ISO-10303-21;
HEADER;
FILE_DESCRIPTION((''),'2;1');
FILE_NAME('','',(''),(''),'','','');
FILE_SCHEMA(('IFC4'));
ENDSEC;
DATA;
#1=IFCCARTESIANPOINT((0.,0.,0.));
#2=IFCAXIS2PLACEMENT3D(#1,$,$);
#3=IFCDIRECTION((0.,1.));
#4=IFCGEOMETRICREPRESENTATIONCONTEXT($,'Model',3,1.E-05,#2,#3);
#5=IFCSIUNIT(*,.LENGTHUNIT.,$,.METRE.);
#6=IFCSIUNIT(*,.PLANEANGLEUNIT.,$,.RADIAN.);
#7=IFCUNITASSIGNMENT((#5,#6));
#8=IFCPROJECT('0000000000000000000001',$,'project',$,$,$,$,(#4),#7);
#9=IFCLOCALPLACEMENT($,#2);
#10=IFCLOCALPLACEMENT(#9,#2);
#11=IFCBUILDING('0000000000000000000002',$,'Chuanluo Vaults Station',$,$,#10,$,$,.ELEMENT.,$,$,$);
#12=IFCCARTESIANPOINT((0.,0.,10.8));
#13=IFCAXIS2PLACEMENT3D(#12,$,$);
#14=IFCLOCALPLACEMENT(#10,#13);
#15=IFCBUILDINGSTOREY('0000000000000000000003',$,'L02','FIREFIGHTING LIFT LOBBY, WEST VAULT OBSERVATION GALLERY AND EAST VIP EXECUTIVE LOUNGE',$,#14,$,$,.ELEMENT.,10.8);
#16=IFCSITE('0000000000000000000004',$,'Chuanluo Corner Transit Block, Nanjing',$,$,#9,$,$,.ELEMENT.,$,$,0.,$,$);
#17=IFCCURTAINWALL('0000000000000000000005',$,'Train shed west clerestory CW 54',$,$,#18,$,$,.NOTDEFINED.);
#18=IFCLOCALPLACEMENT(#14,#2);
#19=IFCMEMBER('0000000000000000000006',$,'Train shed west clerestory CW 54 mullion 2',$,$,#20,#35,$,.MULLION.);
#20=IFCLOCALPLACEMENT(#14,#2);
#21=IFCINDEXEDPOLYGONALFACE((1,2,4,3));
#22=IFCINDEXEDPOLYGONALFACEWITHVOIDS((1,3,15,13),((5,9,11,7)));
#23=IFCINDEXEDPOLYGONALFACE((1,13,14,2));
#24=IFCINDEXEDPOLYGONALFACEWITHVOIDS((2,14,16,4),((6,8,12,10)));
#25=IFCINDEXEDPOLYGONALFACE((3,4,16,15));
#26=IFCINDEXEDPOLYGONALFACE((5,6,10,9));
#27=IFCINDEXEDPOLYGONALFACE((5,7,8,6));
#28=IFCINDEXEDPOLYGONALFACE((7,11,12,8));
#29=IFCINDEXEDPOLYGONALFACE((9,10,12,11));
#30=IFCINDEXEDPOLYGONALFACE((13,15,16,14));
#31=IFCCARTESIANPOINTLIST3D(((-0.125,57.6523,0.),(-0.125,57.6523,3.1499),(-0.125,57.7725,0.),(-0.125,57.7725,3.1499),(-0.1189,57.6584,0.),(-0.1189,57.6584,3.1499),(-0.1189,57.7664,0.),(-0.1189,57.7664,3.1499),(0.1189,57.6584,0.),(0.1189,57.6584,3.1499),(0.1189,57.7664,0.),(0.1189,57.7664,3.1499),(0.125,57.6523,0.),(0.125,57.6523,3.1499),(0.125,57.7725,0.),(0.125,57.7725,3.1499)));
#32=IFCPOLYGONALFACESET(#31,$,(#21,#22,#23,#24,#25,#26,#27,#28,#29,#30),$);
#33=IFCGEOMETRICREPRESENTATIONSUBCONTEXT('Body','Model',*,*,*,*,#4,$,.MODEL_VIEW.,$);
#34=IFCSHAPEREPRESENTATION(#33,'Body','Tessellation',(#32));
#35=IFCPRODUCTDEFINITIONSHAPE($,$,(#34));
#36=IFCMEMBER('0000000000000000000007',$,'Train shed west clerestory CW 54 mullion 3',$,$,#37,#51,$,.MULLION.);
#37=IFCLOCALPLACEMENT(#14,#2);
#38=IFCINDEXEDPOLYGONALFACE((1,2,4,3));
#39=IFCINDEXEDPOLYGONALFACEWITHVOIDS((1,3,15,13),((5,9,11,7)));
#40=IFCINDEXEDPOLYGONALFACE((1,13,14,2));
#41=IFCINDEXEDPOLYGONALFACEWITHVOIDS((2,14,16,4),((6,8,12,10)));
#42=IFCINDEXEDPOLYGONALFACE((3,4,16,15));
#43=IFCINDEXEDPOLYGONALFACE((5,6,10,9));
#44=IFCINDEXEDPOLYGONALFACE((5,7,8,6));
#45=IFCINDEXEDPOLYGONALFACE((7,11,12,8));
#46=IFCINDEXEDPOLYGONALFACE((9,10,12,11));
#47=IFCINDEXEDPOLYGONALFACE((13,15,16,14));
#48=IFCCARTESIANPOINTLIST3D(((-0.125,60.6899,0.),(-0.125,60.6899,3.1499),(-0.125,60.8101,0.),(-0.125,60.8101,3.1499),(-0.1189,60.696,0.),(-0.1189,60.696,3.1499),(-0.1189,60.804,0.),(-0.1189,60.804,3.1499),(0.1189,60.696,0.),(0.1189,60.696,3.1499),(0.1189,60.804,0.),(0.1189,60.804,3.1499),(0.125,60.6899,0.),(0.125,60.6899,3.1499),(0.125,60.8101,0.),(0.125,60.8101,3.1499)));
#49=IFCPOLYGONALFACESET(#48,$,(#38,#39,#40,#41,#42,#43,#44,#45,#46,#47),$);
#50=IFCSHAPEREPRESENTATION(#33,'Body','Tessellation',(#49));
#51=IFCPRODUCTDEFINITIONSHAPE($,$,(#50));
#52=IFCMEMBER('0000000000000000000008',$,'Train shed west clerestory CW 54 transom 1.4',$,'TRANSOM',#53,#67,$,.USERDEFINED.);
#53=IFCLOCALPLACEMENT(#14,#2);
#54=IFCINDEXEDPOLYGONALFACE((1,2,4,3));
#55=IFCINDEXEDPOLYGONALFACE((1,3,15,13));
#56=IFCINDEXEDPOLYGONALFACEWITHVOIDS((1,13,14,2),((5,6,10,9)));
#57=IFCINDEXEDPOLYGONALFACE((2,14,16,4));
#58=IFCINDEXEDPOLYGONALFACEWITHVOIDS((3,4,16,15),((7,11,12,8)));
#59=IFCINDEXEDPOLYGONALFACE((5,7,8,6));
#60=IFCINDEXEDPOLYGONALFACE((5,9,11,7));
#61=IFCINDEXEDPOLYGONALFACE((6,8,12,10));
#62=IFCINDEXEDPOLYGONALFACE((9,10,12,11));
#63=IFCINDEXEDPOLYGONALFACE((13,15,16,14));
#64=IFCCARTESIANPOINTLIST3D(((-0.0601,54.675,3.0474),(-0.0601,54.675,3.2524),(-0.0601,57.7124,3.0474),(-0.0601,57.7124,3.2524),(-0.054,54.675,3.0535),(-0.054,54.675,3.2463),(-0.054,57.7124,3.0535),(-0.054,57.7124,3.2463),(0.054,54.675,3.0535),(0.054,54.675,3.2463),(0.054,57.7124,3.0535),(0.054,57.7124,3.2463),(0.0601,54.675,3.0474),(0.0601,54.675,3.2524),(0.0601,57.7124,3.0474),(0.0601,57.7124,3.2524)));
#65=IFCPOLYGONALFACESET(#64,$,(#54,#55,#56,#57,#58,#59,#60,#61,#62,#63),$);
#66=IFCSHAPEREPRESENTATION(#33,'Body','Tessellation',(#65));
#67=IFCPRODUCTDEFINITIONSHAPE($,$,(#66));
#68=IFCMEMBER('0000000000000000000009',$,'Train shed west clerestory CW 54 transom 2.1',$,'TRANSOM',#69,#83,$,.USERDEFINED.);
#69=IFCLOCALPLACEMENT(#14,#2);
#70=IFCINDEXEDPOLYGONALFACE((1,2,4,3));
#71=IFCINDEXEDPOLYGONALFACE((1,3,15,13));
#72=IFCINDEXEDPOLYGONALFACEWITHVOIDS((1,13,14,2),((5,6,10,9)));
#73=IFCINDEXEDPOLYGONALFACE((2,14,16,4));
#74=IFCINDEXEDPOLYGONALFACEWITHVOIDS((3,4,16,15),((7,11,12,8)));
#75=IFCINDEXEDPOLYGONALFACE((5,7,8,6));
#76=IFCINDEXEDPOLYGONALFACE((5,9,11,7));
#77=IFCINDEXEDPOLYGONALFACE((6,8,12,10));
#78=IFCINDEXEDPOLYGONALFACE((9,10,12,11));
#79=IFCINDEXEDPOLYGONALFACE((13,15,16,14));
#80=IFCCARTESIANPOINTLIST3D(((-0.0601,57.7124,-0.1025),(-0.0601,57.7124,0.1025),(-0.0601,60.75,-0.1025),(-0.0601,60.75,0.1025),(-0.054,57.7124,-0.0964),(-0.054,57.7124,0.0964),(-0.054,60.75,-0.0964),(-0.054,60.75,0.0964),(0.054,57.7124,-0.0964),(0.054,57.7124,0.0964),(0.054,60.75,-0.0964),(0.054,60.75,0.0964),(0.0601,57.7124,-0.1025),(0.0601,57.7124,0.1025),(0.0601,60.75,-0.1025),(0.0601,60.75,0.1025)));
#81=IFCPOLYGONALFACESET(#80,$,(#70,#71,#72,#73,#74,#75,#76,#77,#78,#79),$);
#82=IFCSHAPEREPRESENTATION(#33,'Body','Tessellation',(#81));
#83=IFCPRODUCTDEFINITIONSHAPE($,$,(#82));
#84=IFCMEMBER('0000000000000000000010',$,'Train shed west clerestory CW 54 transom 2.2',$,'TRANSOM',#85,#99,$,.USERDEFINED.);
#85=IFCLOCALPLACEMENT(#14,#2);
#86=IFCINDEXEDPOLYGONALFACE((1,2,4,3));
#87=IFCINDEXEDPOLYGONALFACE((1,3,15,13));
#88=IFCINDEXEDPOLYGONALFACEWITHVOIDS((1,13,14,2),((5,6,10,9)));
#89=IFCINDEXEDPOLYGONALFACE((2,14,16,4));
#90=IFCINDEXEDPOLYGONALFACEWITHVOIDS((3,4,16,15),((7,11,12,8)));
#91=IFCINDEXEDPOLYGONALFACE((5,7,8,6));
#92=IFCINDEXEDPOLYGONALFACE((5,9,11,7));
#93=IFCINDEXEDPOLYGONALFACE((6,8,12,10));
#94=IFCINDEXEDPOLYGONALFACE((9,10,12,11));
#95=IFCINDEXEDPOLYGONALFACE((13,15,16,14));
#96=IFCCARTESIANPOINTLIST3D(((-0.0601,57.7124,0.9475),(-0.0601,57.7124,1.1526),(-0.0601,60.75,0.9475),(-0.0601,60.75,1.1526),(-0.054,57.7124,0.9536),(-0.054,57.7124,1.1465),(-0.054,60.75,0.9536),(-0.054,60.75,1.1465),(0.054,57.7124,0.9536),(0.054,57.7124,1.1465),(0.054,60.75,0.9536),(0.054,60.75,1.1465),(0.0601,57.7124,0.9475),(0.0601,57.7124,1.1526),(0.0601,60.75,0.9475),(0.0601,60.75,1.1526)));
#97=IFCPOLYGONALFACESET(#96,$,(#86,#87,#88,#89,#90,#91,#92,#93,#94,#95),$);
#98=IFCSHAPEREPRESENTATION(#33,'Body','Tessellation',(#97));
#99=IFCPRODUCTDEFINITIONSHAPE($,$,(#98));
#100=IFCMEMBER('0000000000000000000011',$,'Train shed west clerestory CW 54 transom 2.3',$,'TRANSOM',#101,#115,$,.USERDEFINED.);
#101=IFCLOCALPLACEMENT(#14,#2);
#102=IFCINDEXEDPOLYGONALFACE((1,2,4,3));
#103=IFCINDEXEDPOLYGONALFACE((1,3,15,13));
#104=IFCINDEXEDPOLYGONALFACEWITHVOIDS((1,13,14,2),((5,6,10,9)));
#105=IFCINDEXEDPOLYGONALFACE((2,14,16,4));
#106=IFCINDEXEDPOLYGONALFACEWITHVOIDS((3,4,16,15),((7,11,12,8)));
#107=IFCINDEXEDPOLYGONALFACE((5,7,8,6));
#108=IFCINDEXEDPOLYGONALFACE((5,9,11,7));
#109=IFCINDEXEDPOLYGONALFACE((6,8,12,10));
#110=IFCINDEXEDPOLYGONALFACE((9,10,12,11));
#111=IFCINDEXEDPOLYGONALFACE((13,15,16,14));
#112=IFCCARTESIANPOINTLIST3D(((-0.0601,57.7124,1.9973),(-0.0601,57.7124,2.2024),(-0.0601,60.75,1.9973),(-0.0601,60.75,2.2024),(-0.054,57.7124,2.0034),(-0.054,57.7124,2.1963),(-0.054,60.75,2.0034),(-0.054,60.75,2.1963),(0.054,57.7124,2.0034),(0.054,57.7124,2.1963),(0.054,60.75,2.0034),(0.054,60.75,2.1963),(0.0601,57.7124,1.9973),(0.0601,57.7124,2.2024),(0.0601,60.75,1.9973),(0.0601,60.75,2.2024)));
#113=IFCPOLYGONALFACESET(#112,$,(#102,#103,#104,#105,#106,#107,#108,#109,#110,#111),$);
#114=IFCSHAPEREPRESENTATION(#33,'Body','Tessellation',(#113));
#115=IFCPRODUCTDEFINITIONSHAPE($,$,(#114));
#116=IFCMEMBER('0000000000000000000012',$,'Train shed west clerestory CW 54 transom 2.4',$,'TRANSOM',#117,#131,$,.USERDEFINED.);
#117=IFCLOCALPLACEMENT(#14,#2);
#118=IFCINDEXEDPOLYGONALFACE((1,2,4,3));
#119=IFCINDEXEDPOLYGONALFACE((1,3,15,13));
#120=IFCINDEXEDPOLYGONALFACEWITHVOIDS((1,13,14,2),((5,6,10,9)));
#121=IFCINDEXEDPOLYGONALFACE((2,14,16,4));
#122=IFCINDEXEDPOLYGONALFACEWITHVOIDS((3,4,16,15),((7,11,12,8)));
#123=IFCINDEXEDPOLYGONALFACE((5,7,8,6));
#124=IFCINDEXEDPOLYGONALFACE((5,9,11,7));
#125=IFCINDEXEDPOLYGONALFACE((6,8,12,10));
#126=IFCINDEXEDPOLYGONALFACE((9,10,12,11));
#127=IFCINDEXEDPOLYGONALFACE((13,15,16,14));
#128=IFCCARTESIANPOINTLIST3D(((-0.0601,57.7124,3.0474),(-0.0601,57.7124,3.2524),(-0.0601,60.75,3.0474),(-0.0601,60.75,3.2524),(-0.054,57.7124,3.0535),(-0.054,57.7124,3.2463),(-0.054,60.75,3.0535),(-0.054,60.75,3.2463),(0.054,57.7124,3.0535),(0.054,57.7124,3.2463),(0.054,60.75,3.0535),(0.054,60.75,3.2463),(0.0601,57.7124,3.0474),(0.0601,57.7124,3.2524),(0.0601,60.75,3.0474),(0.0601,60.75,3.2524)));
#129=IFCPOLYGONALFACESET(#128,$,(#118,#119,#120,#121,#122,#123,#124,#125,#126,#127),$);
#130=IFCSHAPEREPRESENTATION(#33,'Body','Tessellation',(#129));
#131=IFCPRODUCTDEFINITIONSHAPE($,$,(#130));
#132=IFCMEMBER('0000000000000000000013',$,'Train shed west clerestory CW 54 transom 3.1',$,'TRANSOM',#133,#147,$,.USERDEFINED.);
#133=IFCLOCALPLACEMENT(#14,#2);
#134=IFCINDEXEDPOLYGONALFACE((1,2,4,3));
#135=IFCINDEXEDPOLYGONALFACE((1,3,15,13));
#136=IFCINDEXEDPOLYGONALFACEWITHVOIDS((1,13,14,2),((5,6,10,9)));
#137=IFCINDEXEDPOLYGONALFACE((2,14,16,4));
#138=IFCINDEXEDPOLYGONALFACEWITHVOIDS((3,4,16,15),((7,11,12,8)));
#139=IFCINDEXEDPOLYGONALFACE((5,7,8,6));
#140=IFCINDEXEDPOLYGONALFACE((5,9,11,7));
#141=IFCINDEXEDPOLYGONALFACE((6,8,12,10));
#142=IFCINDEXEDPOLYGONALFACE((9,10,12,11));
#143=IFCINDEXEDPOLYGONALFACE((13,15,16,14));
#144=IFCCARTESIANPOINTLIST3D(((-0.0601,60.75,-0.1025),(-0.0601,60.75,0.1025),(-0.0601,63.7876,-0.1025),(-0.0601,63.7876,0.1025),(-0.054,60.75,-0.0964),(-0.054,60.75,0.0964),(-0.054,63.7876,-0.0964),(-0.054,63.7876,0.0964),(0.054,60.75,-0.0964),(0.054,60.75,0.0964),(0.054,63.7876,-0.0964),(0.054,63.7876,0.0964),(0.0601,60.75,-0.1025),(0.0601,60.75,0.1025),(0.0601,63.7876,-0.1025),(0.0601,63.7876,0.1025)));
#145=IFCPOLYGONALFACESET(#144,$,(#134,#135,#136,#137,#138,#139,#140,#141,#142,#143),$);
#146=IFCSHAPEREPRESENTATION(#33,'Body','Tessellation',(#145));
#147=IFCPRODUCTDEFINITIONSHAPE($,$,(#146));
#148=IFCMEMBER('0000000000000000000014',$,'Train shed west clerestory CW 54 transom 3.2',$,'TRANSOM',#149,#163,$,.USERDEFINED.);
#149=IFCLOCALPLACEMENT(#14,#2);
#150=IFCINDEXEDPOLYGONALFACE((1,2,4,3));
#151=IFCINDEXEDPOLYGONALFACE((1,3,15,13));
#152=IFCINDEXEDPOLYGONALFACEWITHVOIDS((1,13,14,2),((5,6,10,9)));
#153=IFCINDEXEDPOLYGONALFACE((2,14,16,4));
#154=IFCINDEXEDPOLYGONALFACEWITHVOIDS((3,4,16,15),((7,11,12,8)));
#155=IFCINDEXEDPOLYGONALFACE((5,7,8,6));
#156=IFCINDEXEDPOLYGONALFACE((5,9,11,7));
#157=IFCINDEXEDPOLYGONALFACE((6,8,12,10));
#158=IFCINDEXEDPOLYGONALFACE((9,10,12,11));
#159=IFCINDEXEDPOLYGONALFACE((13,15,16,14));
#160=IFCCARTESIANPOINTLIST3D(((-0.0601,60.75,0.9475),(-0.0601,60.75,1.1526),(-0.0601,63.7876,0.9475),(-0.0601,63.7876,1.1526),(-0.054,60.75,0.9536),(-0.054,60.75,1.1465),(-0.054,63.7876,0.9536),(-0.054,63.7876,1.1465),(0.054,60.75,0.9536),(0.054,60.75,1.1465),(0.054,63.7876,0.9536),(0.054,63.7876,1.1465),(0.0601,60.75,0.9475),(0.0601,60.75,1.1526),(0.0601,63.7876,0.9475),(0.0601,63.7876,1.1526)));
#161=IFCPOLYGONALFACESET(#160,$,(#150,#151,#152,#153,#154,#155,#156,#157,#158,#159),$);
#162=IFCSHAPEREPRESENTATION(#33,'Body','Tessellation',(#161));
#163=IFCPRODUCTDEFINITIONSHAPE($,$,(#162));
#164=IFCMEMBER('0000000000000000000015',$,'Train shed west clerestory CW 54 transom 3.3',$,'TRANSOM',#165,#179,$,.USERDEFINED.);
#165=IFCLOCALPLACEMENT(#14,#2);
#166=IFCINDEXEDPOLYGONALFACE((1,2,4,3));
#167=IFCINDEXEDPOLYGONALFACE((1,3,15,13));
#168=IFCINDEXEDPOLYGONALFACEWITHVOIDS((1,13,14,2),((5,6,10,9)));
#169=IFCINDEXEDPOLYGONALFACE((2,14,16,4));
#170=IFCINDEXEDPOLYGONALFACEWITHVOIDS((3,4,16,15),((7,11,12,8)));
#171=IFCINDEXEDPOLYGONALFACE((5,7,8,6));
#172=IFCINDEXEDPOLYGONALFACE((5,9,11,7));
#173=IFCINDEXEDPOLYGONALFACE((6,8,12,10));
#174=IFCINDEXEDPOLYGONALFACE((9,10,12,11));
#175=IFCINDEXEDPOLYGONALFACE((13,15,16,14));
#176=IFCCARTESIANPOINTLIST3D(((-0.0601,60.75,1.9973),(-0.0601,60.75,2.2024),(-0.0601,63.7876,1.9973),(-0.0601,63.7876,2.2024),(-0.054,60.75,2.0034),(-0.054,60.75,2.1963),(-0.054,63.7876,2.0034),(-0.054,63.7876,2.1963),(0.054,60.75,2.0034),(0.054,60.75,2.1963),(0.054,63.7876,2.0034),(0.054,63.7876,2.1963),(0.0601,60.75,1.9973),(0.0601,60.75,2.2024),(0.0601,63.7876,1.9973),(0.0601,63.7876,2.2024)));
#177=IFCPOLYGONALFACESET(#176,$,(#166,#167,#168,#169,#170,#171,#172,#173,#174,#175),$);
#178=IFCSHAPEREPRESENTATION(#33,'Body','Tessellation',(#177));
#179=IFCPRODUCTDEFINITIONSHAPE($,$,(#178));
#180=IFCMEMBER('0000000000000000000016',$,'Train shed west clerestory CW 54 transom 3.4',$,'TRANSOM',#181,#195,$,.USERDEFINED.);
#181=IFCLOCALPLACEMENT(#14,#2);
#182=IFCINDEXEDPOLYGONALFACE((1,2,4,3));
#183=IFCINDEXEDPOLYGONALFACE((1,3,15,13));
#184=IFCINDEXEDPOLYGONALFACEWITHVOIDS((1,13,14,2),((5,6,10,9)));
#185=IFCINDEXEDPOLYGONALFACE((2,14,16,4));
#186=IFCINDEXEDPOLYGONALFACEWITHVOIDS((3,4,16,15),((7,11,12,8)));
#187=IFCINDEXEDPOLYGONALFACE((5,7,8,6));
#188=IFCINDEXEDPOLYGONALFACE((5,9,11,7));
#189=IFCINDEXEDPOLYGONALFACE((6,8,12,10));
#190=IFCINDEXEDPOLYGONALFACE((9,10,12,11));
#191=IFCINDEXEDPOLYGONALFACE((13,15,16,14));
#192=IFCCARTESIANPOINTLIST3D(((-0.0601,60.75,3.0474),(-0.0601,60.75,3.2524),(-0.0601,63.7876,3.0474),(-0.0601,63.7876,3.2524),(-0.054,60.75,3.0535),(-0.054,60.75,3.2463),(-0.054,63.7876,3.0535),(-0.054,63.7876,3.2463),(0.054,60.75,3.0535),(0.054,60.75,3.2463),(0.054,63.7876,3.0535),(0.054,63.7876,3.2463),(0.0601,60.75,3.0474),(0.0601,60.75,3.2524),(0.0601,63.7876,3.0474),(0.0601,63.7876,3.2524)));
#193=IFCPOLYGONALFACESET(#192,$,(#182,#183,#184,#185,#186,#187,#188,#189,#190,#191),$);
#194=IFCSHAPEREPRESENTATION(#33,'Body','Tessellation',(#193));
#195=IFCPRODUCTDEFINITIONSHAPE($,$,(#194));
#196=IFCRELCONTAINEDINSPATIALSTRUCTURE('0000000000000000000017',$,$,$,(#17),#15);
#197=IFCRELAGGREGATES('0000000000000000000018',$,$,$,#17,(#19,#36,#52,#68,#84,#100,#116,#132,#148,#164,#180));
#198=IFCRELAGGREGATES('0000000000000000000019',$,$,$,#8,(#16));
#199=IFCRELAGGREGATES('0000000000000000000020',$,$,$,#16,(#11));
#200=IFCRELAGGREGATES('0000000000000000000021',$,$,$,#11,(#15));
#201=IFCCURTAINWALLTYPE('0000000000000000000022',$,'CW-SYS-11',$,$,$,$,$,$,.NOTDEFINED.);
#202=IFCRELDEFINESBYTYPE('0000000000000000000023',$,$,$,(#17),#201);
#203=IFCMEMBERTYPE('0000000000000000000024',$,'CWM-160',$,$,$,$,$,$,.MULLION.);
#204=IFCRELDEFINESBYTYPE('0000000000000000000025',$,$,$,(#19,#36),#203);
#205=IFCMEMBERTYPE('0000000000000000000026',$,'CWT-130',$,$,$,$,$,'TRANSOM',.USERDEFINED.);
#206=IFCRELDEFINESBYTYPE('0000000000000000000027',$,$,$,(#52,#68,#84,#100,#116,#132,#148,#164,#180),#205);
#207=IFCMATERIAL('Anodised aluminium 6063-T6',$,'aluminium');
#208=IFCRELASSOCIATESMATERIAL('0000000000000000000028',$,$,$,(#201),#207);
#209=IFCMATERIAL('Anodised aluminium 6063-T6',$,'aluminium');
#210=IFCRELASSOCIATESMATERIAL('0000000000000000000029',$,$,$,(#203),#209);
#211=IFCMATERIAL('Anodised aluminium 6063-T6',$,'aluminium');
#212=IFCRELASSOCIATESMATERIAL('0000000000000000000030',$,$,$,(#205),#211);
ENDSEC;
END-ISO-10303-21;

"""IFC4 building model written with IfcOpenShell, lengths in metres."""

from ifc_helpers import new_model, si_unit, direction, frame, origin, origin_2d, place, context, subcontext, project, spatial, hollow_rectangle, extrude, material, material_profile, profile_set, type_object, element, aggregate, save


model = new_model("IFC4")

# Units and contexts
model_context = context("Model", 3, precision=1e-05, world=origin(), true_north=direction((0.0, 1.0)))
body_context = subcontext(model_context, "Body", "Model", "MODEL_VIEW")
ifc_project = project(units=[si_unit("LENGTHUNIT", "METRE"), si_unit("PLANEANGLEUNIT", "RADIAN")], contexts=[model_context])

# Site, building, storey
site_placement = place(None, origin())
site = spatial("IfcSite", under=ifc_project, at=site_placement, Name="Chuanluo Corner Transit Block, Nanjing", CompositionType="ELEMENT", RefElevation=0.0)
building_placement = place(site_placement, origin())
building = spatial("IfcBuilding", under=site, at=building_placement, Name="Chuanluo Vaults Station", CompositionType="ELEMENT")
storey_placement = place(building_placement, frame((0.0, 0.0, 10.8)))
storey = spatial("IfcBuildingStorey", under=building, at=storey_placement, Name="L02", Description="FIREFIGHTING LIFT LOBBY, WEST VAULT OBSERVATION GALLERY AND EAST VIP EXECUTIVE LOUNGE", CompositionType="ELEMENT", Elevation=10.8)

# Curtain wall, members
ifc_material_1 = material(Name="Anodised aluminium 6063-T6", Category="aluminium")
curtain_wall_type = type_object("IfcCurtainWallType", Name="CW-SYS-11", PredefinedType="NOTDEFINED", material=ifc_material_1)
curtain_wall_placement = place(storey_placement, origin())
curtain_wall = element("IfcCurtainWall", 1, at=curtain_wall_placement, inside=storey, type_object=curtain_wall_type, Name="Train shed west clerestory CW 54", PredefinedType="NOTDEFINED")
ifc_material_2 = material(Name="Anodised aluminium 6063-T6", Category="aluminium")
ifc_material_profile_1 = material_profile(ifc_material_2, hollow_rectangle(XDim=0.1201, YDim=0.25, WallThickness=0.0061, at=origin_2d()))
ifc_profile_set_1 = profile_set([ifc_material_profile_1], Name="Anodised aluminium 6063-T6")
member_type_1 = type_object("IfcMemberType", Name="CWM-160", PredefinedType="MULLION", material=ifc_profile_set_1)
member_1_placement = place(storey_placement, frame((0.0, 57.7124, 0.0), z_axis=(0.0, 0.0, 1.0), x_axis=(0.0, 1.0, 0.0)))
member_1 = element("IfcMember", 2, at=member_1_placement, type_object=member_type_1, Name="Train shed west clerestory CW 54 mullion 2", PredefinedType="MULLION", context=body_context, shape_type="SweptSolid", body=[
    extrude(hollow_rectangle(XDim=0.1201, YDim=0.25, WallThickness=0.0061, at=origin_2d()), origin(), (0.0, 0.0, 1.0), 3.1499),
])
member_2_placement = place(storey_placement, frame((0.0, 60.75, 0.0), z_axis=(0.0, 0.0, 1.0), x_axis=(0.0, 1.0, 0.0)))
member_2 = element("IfcMember", 3, at=member_2_placement, type_object=member_type_1, Name="Train shed west clerestory CW 54 mullion 3", PredefinedType="MULLION", context=body_context, shape_type="SweptSolid", body=[
    extrude(hollow_rectangle(XDim=0.1201, YDim=0.25, WallThickness=0.0061, at=origin_2d()), origin(), (0.0, 0.0, 1.0), 3.1499),
])
ifc_material_3 = material(Name="Anodised aluminium 6063-T6", Category="aluminium")
ifc_material_profile_2 = material_profile(ifc_material_3, hollow_rectangle(XDim=0.1201, YDim=0.2051, WallThickness=0.0061, at=origin_2d()))
ifc_profile_set_2 = profile_set([ifc_material_profile_2], Name="Anodised aluminium 6063-T6")
member_type_2 = type_object("IfcMemberType", Name="CWT-130", ElementType="TRANSOM", PredefinedType="USERDEFINED", material=ifc_profile_set_2)
member_3_placement = place(storey_placement, frame((0.0, 54.675, 3.1499), z_axis=(0.0, 1.0, 0.0), x_axis=(-1.0, 0.0, 0.0)))
member_3 = element("IfcMember", 4, at=member_3_placement, type_object=member_type_2, Name="Train shed west clerestory CW 54 transom 1.4", ObjectType="TRANSOM", PredefinedType="USERDEFINED", context=body_context, shape_type="SweptSolid", body=[
    extrude(hollow_rectangle(XDim=0.1201, YDim=0.2051, WallThickness=0.0061, at=origin_2d()), origin(), (0.0, 0.0, 1.0), 3.0374),
])
member_4_placement = place(storey_placement, frame((0.0, 57.7124, 0.0), z_axis=(0.0, 1.0, 0.0), x_axis=(-1.0, 0.0, 0.0)))
member_4 = element("IfcMember", 5, at=member_4_placement, type_object=member_type_2, Name="Train shed west clerestory CW 54 transom 2.1", ObjectType="TRANSOM", PredefinedType="USERDEFINED", context=body_context, shape_type="SweptSolid", body=[
    extrude(hollow_rectangle(XDim=0.1201, YDim=0.2051, WallThickness=0.0061, at=origin_2d()), origin(), (0.0, 0.0, 1.0), 3.0376),
])
member_5_placement = place(storey_placement, frame((0.0, 57.7124, 1.05), z_axis=(0.0, 1.0, 0.0), x_axis=(-1.0, 0.0, 0.0)))
member_5 = element("IfcMember", 6, at=member_5_placement, type_object=member_type_2, Name="Train shed west clerestory CW 54 transom 2.2", ObjectType="TRANSOM", PredefinedType="USERDEFINED", context=body_context, shape_type="SweptSolid", body=[
    extrude(hollow_rectangle(XDim=0.1201, YDim=0.2051, WallThickness=0.0061, at=origin_2d()), origin(), (0.0, 0.0, 1.0), 3.0376),
])
member_6_placement = place(storey_placement, frame((0.0, 57.7124, 2.0999), z_axis=(0.0, 1.0, 0.0), x_axis=(-1.0, 0.0, 0.0)))
member_6 = element("IfcMember", 7, at=member_6_placement, type_object=member_type_2, Name="Train shed west clerestory CW 54 transom 2.3", ObjectType="TRANSOM", PredefinedType="USERDEFINED", context=body_context, shape_type="SweptSolid", body=[
    extrude(hollow_rectangle(XDim=0.1201, YDim=0.2051, WallThickness=0.0061, at=origin_2d()), origin(), (0.0, 0.0, 1.0), 3.0376),
])
member_7_placement = place(storey_placement, frame((0.0, 57.7124, 3.1499), z_axis=(0.0, 1.0, 0.0), x_axis=(-1.0, 0.0, 0.0)))
member_7 = element("IfcMember", 8, at=member_7_placement, type_object=member_type_2, Name="Train shed west clerestory CW 54 transom 2.4", ObjectType="TRANSOM", PredefinedType="USERDEFINED", context=body_context, shape_type="SweptSolid", body=[
    extrude(hollow_rectangle(XDim=0.1201, YDim=0.2051, WallThickness=0.0061, at=origin_2d()), origin(), (0.0, 0.0, 1.0), 3.0376),
])
member_8_placement = place(storey_placement, frame((0.0, 60.75, 0.0), z_axis=(0.0, 1.0, 0.0), x_axis=(-1.0, 0.0, 0.0)))
member_8 = element("IfcMember", 9, at=member_8_placement, type_object=member_type_2, Name="Train shed west clerestory CW 54 transom 3.1", ObjectType="TRANSOM", PredefinedType="USERDEFINED", context=body_context, shape_type="SweptSolid", body=[
    extrude(hollow_rectangle(XDim=0.1201, YDim=0.2051, WallThickness=0.0061, at=origin_2d()), origin(), (0.0, 0.0, 1.0), 3.0376),
])
member_9_placement = place(storey_placement, frame((0.0, 60.75, 1.05), z_axis=(0.0, 1.0, 0.0), x_axis=(-1.0, 0.0, 0.0)))
member_9 = element("IfcMember", 10, at=member_9_placement, type_object=member_type_2, Name="Train shed west clerestory CW 54 transom 3.2", ObjectType="TRANSOM", PredefinedType="USERDEFINED", context=body_context, shape_type="SweptSolid", body=[
    extrude(hollow_rectangle(XDim=0.1201, YDim=0.2051, WallThickness=0.0061, at=origin_2d()), origin(), (0.0, 0.0, 1.0), 3.0376),
])
member_10_placement = place(storey_placement, frame((0.0, 60.75, 2.0999), z_axis=(0.0, 1.0, 0.0), x_axis=(-1.0, 0.0, 0.0)))
member_10 = element("IfcMember", 11, at=member_10_placement, type_object=member_type_2, Name="Train shed west clerestory CW 54 transom 3.3", ObjectType="TRANSOM", PredefinedType="USERDEFINED", context=body_context, shape_type="SweptSolid", body=[
    extrude(hollow_rectangle(XDim=0.1201, YDim=0.2051, WallThickness=0.0061, at=origin_2d()), origin(), (0.0, 0.0, 1.0), 3.0376),
])
member_11_placement = place(storey_placement, frame((0.0, 60.75, 3.1499), z_axis=(0.0, 1.0, 0.0), x_axis=(-1.0, 0.0, 0.0)))
member_11 = element("IfcMember", 12, at=member_11_placement, type_object=member_type_2, Name="Train shed west clerestory CW 54 transom 3.4", ObjectType="TRANSOM", PredefinedType="USERDEFINED", context=body_context, shape_type="SweptSolid", body=[
    extrude(hollow_rectangle(XDim=0.1201, YDim=0.2051, WallThickness=0.0061, at=origin_2d()), origin(), (0.0, 0.0, 1.0), 3.0376),
])
aggregate(curtain_wall, [member_1, member_2, member_3, member_4, member_5, member_6, member_7, member_8, member_9, member_10, member_11])

save(model, "model.ifc")
